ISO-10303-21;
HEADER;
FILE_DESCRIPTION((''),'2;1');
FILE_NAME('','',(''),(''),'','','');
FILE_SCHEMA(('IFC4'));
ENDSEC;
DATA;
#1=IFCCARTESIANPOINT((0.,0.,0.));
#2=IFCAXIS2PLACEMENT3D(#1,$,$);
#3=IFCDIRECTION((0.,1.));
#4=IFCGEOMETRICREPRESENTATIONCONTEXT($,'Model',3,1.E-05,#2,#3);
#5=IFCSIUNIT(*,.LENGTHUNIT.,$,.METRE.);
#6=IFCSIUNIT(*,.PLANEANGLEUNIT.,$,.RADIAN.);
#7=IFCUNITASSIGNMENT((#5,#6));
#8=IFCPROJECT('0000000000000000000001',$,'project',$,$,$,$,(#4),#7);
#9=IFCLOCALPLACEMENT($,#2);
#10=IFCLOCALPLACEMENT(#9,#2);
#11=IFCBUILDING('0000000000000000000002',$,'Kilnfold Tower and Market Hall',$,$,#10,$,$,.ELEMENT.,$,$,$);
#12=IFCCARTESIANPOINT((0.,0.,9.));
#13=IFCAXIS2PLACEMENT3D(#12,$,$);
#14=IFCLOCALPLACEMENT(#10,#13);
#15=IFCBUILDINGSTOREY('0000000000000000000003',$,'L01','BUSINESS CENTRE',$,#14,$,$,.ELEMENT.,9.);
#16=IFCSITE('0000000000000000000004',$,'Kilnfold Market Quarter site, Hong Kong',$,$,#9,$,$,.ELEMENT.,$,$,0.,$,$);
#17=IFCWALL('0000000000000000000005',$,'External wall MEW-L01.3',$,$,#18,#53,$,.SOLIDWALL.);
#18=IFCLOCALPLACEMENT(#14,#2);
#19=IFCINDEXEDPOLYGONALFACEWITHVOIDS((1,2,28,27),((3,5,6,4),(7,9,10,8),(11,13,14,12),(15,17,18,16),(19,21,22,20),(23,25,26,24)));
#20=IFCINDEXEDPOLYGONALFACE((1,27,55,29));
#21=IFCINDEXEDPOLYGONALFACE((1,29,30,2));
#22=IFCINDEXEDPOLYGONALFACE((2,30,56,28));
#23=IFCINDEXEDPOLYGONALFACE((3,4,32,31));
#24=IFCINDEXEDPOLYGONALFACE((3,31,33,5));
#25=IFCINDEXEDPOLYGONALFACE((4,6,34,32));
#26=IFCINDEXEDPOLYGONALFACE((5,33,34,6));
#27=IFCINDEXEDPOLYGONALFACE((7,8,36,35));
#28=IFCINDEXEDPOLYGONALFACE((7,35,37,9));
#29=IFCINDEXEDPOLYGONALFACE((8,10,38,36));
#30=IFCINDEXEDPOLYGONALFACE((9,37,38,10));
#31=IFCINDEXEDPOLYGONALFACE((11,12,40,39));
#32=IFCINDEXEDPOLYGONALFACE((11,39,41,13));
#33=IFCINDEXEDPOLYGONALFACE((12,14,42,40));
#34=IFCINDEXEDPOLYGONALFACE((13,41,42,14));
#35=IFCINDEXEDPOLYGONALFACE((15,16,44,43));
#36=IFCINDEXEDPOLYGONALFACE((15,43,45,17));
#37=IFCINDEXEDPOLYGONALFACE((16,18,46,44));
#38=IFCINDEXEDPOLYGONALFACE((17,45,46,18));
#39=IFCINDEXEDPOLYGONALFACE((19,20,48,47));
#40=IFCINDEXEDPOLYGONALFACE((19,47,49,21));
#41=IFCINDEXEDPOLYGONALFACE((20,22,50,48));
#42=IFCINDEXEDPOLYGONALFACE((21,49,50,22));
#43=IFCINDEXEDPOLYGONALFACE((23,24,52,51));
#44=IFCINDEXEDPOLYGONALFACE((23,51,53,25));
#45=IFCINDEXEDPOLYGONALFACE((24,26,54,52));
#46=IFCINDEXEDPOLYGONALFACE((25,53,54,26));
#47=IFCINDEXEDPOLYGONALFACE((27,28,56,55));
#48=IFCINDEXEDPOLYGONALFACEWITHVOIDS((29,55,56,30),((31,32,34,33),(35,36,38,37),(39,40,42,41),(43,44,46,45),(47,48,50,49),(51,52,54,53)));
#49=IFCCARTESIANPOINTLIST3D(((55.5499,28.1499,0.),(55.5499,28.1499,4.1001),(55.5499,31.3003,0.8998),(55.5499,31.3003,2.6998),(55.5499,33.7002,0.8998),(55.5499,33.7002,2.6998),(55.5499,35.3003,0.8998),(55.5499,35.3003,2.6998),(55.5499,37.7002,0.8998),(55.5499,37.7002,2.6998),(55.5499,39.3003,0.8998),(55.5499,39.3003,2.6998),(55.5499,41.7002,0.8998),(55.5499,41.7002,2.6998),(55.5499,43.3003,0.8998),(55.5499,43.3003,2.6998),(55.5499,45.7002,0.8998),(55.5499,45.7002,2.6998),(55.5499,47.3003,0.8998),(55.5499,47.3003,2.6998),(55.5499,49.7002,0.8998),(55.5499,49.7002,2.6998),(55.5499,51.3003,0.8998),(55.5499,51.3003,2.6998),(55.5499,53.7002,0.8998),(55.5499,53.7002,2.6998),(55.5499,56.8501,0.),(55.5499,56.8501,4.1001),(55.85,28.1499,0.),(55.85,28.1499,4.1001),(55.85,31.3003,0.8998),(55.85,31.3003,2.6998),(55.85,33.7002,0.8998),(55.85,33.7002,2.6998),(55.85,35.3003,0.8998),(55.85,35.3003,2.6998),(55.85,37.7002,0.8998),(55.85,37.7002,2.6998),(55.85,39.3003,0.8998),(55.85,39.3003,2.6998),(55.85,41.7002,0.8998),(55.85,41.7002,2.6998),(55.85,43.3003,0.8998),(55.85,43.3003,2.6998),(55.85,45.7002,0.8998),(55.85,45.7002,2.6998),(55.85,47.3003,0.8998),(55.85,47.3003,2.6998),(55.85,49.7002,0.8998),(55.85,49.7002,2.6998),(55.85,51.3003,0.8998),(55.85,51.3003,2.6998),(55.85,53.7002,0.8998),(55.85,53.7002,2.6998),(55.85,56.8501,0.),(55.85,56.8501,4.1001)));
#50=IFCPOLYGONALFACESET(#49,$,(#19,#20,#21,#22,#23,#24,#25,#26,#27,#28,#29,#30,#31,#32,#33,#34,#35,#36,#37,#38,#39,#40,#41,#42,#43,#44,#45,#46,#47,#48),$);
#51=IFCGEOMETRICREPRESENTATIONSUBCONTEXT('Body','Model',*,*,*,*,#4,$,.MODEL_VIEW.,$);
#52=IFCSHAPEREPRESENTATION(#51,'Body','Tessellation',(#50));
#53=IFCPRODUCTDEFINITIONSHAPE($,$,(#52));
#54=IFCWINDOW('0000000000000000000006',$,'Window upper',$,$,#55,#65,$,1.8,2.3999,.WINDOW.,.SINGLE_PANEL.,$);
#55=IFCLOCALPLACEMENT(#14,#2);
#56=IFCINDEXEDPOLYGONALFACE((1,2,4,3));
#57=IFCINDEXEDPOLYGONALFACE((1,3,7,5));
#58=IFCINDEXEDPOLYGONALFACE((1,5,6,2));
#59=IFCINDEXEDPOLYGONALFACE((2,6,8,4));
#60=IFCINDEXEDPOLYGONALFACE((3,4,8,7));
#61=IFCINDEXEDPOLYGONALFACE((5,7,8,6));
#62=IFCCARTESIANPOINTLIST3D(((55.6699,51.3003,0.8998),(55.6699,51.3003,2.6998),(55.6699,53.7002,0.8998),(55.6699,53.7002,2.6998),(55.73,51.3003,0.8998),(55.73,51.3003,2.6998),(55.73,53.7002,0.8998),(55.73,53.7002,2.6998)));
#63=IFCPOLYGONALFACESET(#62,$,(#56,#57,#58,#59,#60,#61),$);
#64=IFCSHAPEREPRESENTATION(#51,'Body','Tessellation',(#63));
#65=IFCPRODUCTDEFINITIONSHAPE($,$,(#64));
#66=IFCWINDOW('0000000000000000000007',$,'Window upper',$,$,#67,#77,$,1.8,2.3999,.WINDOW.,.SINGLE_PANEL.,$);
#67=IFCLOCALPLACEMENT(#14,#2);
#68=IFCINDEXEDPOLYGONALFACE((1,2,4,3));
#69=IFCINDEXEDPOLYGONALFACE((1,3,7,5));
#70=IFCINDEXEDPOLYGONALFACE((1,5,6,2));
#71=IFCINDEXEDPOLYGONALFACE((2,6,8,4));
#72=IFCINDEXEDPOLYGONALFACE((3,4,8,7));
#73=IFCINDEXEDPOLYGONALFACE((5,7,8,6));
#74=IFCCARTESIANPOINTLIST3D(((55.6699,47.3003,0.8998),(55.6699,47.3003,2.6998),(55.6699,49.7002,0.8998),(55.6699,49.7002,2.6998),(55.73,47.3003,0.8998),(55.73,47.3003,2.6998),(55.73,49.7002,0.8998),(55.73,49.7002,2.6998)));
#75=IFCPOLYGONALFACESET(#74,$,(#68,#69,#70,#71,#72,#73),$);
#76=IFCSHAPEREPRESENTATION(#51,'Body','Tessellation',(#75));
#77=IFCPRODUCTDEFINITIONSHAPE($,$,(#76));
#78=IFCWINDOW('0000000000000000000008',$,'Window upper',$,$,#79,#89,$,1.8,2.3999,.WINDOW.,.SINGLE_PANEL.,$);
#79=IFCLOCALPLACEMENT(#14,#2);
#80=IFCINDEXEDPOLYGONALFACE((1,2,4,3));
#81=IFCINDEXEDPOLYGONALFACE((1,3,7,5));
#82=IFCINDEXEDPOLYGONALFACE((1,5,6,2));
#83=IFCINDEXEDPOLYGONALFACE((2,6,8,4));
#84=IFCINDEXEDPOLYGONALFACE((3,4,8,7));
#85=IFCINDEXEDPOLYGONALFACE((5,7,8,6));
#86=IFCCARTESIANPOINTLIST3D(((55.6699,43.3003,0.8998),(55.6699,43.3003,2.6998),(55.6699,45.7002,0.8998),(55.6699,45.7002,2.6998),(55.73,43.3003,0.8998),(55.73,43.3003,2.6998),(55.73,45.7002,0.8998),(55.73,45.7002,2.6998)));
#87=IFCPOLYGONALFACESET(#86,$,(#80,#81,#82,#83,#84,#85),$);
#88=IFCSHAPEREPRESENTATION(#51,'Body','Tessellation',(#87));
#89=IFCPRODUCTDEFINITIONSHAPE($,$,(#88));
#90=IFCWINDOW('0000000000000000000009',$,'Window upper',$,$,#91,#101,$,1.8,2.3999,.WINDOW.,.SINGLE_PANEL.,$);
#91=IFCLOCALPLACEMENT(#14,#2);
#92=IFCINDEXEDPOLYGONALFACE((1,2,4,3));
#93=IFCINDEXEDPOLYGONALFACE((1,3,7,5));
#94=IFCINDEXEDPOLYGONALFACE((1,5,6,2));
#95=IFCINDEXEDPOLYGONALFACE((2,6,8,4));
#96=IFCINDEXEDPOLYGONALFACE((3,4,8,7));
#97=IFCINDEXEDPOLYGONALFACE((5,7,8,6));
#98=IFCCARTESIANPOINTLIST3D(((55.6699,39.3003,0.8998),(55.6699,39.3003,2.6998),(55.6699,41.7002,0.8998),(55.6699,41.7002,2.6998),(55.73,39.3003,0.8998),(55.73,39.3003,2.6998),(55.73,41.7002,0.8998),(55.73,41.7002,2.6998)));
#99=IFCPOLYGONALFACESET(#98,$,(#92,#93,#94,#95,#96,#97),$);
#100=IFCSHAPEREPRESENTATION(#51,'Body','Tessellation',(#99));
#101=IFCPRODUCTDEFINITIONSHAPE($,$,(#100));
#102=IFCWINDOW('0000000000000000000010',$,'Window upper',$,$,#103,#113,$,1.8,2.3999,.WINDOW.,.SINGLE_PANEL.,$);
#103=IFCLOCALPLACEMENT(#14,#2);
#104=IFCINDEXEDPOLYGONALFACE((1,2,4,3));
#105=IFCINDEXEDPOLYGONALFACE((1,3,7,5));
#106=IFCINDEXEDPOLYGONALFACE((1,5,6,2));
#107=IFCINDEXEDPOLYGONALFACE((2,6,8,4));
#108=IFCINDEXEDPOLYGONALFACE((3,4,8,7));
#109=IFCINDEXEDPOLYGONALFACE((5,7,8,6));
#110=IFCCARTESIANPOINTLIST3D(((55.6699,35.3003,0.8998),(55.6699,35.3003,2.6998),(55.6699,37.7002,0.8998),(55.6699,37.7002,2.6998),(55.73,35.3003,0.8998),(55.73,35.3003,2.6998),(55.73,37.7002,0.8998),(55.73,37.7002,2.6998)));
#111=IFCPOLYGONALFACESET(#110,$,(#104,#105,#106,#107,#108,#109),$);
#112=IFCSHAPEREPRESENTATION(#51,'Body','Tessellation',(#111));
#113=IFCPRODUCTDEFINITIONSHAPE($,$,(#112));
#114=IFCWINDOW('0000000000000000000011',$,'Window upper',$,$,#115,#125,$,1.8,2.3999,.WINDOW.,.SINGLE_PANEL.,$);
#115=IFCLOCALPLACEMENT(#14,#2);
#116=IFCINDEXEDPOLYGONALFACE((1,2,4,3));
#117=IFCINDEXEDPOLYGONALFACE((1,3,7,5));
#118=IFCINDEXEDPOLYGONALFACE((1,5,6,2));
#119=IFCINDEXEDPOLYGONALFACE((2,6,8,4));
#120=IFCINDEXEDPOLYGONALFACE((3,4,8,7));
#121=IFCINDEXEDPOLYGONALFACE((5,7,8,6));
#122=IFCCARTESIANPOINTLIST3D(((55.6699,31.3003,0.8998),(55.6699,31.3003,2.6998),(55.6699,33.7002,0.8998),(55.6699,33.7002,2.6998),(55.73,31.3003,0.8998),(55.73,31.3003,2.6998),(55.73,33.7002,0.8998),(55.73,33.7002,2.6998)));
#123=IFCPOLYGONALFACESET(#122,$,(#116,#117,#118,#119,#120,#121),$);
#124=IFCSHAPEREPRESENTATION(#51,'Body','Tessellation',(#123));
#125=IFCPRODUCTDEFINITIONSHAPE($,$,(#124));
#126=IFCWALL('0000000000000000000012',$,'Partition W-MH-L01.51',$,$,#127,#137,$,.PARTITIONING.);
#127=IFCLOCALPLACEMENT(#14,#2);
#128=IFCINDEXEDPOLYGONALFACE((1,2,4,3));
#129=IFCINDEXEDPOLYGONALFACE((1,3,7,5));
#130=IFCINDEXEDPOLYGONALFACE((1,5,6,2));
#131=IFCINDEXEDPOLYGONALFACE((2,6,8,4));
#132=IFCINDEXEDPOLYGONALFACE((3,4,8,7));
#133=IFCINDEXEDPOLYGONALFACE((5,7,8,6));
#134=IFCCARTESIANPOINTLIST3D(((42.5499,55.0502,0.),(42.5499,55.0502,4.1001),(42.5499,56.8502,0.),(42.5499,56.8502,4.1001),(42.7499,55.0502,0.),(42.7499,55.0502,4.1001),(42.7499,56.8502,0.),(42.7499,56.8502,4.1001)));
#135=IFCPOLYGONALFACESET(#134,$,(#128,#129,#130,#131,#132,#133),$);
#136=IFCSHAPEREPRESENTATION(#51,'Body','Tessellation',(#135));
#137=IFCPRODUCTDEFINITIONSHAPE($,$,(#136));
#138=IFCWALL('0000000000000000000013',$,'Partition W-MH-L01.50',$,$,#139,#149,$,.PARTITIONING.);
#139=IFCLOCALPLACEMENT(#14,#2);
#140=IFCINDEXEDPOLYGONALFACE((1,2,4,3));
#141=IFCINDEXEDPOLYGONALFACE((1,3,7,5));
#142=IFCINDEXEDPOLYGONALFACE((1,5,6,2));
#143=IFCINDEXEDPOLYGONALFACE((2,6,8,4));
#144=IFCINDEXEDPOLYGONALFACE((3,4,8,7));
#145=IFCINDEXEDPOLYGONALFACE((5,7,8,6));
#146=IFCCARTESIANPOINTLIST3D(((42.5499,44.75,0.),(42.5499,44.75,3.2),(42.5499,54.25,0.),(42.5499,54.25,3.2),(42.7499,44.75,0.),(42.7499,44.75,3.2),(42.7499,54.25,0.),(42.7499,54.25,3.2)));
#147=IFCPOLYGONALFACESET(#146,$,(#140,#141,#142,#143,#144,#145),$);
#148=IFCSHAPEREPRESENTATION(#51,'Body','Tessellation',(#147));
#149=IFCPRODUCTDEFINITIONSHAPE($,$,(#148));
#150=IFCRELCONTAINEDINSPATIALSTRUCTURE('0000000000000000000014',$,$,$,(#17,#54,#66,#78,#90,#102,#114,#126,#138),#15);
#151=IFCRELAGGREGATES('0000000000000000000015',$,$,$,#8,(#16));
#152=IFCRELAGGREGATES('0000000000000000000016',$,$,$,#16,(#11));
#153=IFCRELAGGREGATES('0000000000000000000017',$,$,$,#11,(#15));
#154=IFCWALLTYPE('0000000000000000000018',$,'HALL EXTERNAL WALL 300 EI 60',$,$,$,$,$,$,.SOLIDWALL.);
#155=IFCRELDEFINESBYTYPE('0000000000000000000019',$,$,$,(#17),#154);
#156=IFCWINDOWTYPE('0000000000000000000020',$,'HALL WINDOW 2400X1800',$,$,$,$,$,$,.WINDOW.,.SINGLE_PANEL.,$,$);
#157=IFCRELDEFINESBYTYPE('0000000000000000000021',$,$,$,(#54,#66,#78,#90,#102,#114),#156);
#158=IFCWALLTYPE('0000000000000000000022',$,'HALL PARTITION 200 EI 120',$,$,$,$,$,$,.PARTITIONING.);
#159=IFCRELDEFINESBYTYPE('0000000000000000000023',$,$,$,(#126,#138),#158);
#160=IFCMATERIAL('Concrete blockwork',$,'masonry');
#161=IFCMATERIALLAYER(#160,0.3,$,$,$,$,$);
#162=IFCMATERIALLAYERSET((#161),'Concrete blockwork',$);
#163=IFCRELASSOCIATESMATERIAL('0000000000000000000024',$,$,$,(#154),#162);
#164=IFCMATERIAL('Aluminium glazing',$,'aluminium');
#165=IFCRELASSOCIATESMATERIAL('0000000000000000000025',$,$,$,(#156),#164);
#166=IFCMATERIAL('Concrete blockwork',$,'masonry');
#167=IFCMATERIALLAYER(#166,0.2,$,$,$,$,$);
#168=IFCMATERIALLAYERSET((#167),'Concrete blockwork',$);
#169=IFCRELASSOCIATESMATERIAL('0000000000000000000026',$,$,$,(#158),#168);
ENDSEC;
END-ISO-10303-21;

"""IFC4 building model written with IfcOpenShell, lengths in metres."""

from ifc_helpers import new_model, si_unit, direction, frame, frame_2d, origin, place, context, subcontext, project, spatial, rectangle, extrude, source, transform, mapped, material, layer, layer_set, type_object, element, fill, save


model = new_model("IFC4")

# Units and contexts
model_context = context("Model", 3, precision=1e-05, world=origin(), true_north=direction((0.0, 1.0)))
body_context = subcontext(model_context, "Body", "Model", "MODEL_VIEW")
ifc_project = project(units=[si_unit("LENGTHUNIT", "METRE"), si_unit("PLANEANGLEUNIT", "RADIAN")], contexts=[model_context])

# Site, building, storey
site_placement = place(None, origin())
site = spatial("IfcSite", under=ifc_project, at=site_placement, Name="Kilnfold Market Quarter site, Hong Kong", CompositionType="ELEMENT", RefElevation=0.0)
building_placement = place(site_placement, origin())
building = spatial("IfcBuilding", under=site, at=building_placement, Name="Kilnfold Tower and Market Hall", CompositionType="ELEMENT")
storey_placement = place(building_placement, frame((0.0, 0.0, 9.0)))
storey = spatial("IfcBuildingStorey", under=building, at=storey_placement, Name="L01", Description="BUSINESS CENTRE", CompositionType="ELEMENT", Elevation=9.0)

# Wall, openings, windows
ifc_material_1 = material(Name="Concrete blockwork", Category="masonry")
ifc_layer_1 = layer(ifc_material_1, 0.3)
ifc_layer_set_1 = layer_set([ifc_layer_1], Name="Concrete blockwork")
wall_type_1 = type_object("IfcWallType", Name="HALL EXTERNAL WALL 300 EI 60", PredefinedType="SOLIDWALL", material=ifc_layer_set_1)
shared_shape_1 = source(origin(), body_context, "Body", "SweptSolid", [
    extrude(rectangle(XDim=28.7002, YDim=0.3, at=frame_2d((14.3501, 0.0))), origin(), (0.0, 0.0, 1.0), 4.1001),
])
wall_1_placement = place(storey_placement, frame((55.7, 56.8501, 0.0), z_axis=(0.0, 0.0, 1.0), x_axis=(0.0, -1.0, 0.0)))
wall_1 = element("IfcWall", 1, at=wall_1_placement, inside=storey, type_object=wall_type_1, Name="External wall MEW-L01.3", PredefinedType="SOLIDWALL", context=body_context, shape_type="MappedRepresentation", body=[
    mapped(shared_shape_1, transform((0.0, 0.0, 0.0))),
])
opening_1_placement = place(wall_1_placement, frame((3.1499, 0.0, 0.8999)))
opening_1 = element("IfcOpeningElement", 2, at=opening_1_placement, cuts=wall_1, PredefinedType="OPENING", context=body_context, shape_type="SweptSolid", body=[
    extrude(rectangle(XDim=2.3999, YDim=1.8, at=frame_2d((1.2, 0.8999))), frame((0.0, 0.1602, 0.0), z_axis=(0.0, -1.0, 0.0), x_axis=(1.0, 0.0, 0.0)), (0.0, 0.0, 1.0), 0.3201),
])
opening_2_placement = place(wall_1_placement, frame((7.1499, 0.0, 0.8999)))
opening_2 = element("IfcOpeningElement", 3, at=opening_2_placement, cuts=wall_1, PredefinedType="OPENING", context=body_context, shape_type="SweptSolid", body=[
    extrude(rectangle(XDim=2.3999, YDim=1.8, at=frame_2d((1.2, 0.8999))), frame((0.0, 0.1602, 0.0), z_axis=(0.0, -1.0, 0.0), x_axis=(1.0, 0.0, 0.0)), (0.0, 0.0, 1.0), 0.3201),
])
opening_3_placement = place(wall_1_placement, frame((11.1499, 0.0, 0.8999)))
opening_3 = element("IfcOpeningElement", 4, at=opening_3_placement, cuts=wall_1, PredefinedType="OPENING", context=body_context, shape_type="SweptSolid", body=[
    extrude(rectangle(XDim=2.3999, YDim=1.8, at=frame_2d((1.2, 0.8999))), frame((0.0, 0.1602, 0.0), z_axis=(0.0, -1.0, 0.0), x_axis=(1.0, 0.0, 0.0)), (0.0, 0.0, 1.0), 0.3201),
])
opening_4_placement = place(wall_1_placement, frame((15.1499, 0.0, 0.8999)))
opening_4 = element("IfcOpeningElement", 5, at=opening_4_placement, cuts=wall_1, PredefinedType="OPENING", context=body_context, shape_type="SweptSolid", body=[
    extrude(rectangle(XDim=2.3999, YDim=1.8, at=frame_2d((1.2, 0.8999))), frame((0.0, 0.1602, 0.0), z_axis=(0.0, -1.0, 0.0), x_axis=(1.0, 0.0, 0.0)), (0.0, 0.0, 1.0), 0.3201),
])
opening_5_placement = place(wall_1_placement, frame((19.1499, 0.0, 0.8999)))
opening_5 = element("IfcOpeningElement", 6, at=opening_5_placement, cuts=wall_1, PredefinedType="OPENING", context=body_context, shape_type="SweptSolid", body=[
    extrude(rectangle(XDim=2.3999, YDim=1.8, at=frame_2d((1.2, 0.8999))), frame((0.0, 0.1602, 0.0), z_axis=(0.0, -1.0, 0.0), x_axis=(1.0, 0.0, 0.0)), (0.0, 0.0, 1.0), 0.3201),
])
opening_6_placement = place(wall_1_placement, frame((23.1499, 0.0, 0.8999)))
opening_6 = element("IfcOpeningElement", 7, at=opening_6_placement, cuts=wall_1, PredefinedType="OPENING", context=body_context, shape_type="SweptSolid", body=[
    extrude(rectangle(XDim=2.3999, YDim=1.8, at=frame_2d((1.2, 0.8999))), frame((0.0, 0.1602, 0.0), z_axis=(0.0, -1.0, 0.0), x_axis=(1.0, 0.0, 0.0)), (0.0, 0.0, 1.0), 0.3201),
])
ifc_material_2 = material(Name="Aluminium glazing", Category="aluminium")
window_type = type_object("IfcWindowType", Name="HALL WINDOW 2400X1800", PartitioningType="SINGLE_PANEL", PredefinedType="WINDOW", material=ifc_material_2)
window_1_placement = place(opening_1_placement, origin())
window_1 = element("IfcWindow", 8, at=window_1_placement, inside=storey, type_object=window_type, Name="Window upper", OverallHeight=1.8, OverallWidth=2.3999, PartitioningType="SINGLE_PANEL", PredefinedType="WINDOW", context=body_context, shape_type="SweptSolid", body=[
    extrude(rectangle(XDim=2.3999, YDim=1.8, at=frame_2d((1.2, 0.8999))), frame((0.0, 0.03, 0.0), z_axis=(0.0, -1.0, 0.0), x_axis=(1.0, 0.0, 0.0)), (0.0, 0.0, 1.0), 0.0601),
])
fill(opening_1, window_1)
window_2_placement = place(opening_2_placement, origin())
window_2 = element("IfcWindow", 9, at=window_2_placement, inside=storey, type_object=window_type, Name="Window upper", OverallHeight=1.8, OverallWidth=2.3999, PartitioningType="SINGLE_PANEL", PredefinedType="WINDOW", context=body_context, shape_type="SweptSolid", body=[
    extrude(rectangle(XDim=2.3999, YDim=1.8, at=frame_2d((1.2, 0.8999))), frame((0.0, 0.03, 0.0), z_axis=(0.0, -1.0, 0.0), x_axis=(1.0, 0.0, 0.0)), (0.0, 0.0, 1.0), 0.0601),
])
fill(opening_2, window_2)
window_3_placement = place(opening_3_placement, origin())
window_3 = element("IfcWindow", 10, at=window_3_placement, inside=storey, type_object=window_type, Name="Window upper", OverallHeight=1.8, OverallWidth=2.3999, PartitioningType="SINGLE_PANEL", PredefinedType="WINDOW", context=body_context, shape_type="SweptSolid", body=[
    extrude(rectangle(XDim=2.3999, YDim=1.8, at=frame_2d((1.2, 0.8999))), frame((0.0, 0.03, 0.0), z_axis=(0.0, -1.0, 0.0), x_axis=(1.0, 0.0, 0.0)), (0.0, 0.0, 1.0), 0.0601),
])
fill(opening_3, window_3)
window_4_placement = place(opening_4_placement, origin())
window_4 = element("IfcWindow", 11, at=window_4_placement, inside=storey, type_object=window_type, Name="Window upper", OverallHeight=1.8, OverallWidth=2.3999, PartitioningType="SINGLE_PANEL", PredefinedType="WINDOW", context=body_context, shape_type="SweptSolid", body=[
    extrude(rectangle(XDim=2.3999, YDim=1.8, at=frame_2d((1.2, 0.8999))), frame((0.0, 0.03, 0.0), z_axis=(0.0, -1.0, 0.0), x_axis=(1.0, 0.0, 0.0)), (0.0, 0.0, 1.0), 0.0601),
])
fill(opening_4, window_4)
window_5_placement = place(opening_5_placement, origin())
window_5 = element("IfcWindow", 12, at=window_5_placement, inside=storey, type_object=window_type, Name="Window upper", OverallHeight=1.8, OverallWidth=2.3999, PartitioningType="SINGLE_PANEL", PredefinedType="WINDOW", context=body_context, shape_type="SweptSolid", body=[
    extrude(rectangle(XDim=2.3999, YDim=1.8, at=frame_2d((1.2, 0.8999))), frame((0.0, 0.03, 0.0), z_axis=(0.0, -1.0, 0.0), x_axis=(1.0, 0.0, 0.0)), (0.0, 0.0, 1.0), 0.0601),
])
fill(opening_5, window_5)
window_6_placement = place(opening_6_placement, origin())
window_6 = element("IfcWindow", 13, at=window_6_placement, inside=storey, type_object=window_type, Name="Window upper", OverallHeight=1.8, OverallWidth=2.3999, PartitioningType="SINGLE_PANEL", PredefinedType="WINDOW", context=body_context, shape_type="SweptSolid", body=[
    extrude(rectangle(XDim=2.3999, YDim=1.8, at=frame_2d((1.2, 0.8999))), frame((0.0, 0.03, 0.0), z_axis=(0.0, -1.0, 0.0), x_axis=(1.0, 0.0, 0.0)), (0.0, 0.0, 1.0), 0.0601),
])
fill(opening_6, window_6)

# Walls
ifc_material_3 = material(Name="Concrete blockwork", Category="masonry")
ifc_layer_2 = layer(ifc_material_3, 0.2)
ifc_layer_set_2 = layer_set([ifc_layer_2], Name="Concrete blockwork")
wall_type_2 = type_object("IfcWallType", Name="HALL PARTITION 200 EI 120", PredefinedType="PARTITIONING", material=ifc_layer_set_2)
shared_shape_2 = source(origin(), body_context, "Body", "SweptSolid", [
    extrude(rectangle(XDim=1.8, YDim=0.2, at=frame_2d((0.8999, 0.0))), origin(), (0.0, 0.0, 1.0), 4.1001),
])
wall_2_placement = place(storey_placement, frame((42.6499, 56.8501, 0.0), z_axis=(0.0, 0.0, 1.0), x_axis=(0.0, -1.0, 0.0)))
element("IfcWall", 14, at=wall_2_placement, inside=storey, type_object=wall_type_2, Name="Partition W-MH-L01.51", PredefinedType="PARTITIONING", context=body_context, shape_type="MappedRepresentation", body=[
    mapped(shared_shape_2, transform((0.0, 0.0, 0.0))),
])
shared_shape_3 = source(origin(), body_context, "Body", "SweptSolid", [
    extrude(rectangle(XDim=9.5, YDim=0.2, at=frame_2d((4.75, 0.0))), origin(), (0.0, 0.0, 1.0), 3.2),
])
wall_3_placement = place(storey_placement, frame((42.6499, 54.25, 0.0), z_axis=(0.0, 0.0, 1.0), x_axis=(0.0, -1.0, 0.0)))
element("IfcWall", 15, at=wall_3_placement, inside=storey, type_object=wall_type_2, Name="Partition W-MH-L01.50", PredefinedType="PARTITIONING", context=body_context, shape_type="MappedRepresentation", body=[
    mapped(shared_shape_3, transform((0.0, 0.0, 0.0))),
])

save(model, "model.ifc")
